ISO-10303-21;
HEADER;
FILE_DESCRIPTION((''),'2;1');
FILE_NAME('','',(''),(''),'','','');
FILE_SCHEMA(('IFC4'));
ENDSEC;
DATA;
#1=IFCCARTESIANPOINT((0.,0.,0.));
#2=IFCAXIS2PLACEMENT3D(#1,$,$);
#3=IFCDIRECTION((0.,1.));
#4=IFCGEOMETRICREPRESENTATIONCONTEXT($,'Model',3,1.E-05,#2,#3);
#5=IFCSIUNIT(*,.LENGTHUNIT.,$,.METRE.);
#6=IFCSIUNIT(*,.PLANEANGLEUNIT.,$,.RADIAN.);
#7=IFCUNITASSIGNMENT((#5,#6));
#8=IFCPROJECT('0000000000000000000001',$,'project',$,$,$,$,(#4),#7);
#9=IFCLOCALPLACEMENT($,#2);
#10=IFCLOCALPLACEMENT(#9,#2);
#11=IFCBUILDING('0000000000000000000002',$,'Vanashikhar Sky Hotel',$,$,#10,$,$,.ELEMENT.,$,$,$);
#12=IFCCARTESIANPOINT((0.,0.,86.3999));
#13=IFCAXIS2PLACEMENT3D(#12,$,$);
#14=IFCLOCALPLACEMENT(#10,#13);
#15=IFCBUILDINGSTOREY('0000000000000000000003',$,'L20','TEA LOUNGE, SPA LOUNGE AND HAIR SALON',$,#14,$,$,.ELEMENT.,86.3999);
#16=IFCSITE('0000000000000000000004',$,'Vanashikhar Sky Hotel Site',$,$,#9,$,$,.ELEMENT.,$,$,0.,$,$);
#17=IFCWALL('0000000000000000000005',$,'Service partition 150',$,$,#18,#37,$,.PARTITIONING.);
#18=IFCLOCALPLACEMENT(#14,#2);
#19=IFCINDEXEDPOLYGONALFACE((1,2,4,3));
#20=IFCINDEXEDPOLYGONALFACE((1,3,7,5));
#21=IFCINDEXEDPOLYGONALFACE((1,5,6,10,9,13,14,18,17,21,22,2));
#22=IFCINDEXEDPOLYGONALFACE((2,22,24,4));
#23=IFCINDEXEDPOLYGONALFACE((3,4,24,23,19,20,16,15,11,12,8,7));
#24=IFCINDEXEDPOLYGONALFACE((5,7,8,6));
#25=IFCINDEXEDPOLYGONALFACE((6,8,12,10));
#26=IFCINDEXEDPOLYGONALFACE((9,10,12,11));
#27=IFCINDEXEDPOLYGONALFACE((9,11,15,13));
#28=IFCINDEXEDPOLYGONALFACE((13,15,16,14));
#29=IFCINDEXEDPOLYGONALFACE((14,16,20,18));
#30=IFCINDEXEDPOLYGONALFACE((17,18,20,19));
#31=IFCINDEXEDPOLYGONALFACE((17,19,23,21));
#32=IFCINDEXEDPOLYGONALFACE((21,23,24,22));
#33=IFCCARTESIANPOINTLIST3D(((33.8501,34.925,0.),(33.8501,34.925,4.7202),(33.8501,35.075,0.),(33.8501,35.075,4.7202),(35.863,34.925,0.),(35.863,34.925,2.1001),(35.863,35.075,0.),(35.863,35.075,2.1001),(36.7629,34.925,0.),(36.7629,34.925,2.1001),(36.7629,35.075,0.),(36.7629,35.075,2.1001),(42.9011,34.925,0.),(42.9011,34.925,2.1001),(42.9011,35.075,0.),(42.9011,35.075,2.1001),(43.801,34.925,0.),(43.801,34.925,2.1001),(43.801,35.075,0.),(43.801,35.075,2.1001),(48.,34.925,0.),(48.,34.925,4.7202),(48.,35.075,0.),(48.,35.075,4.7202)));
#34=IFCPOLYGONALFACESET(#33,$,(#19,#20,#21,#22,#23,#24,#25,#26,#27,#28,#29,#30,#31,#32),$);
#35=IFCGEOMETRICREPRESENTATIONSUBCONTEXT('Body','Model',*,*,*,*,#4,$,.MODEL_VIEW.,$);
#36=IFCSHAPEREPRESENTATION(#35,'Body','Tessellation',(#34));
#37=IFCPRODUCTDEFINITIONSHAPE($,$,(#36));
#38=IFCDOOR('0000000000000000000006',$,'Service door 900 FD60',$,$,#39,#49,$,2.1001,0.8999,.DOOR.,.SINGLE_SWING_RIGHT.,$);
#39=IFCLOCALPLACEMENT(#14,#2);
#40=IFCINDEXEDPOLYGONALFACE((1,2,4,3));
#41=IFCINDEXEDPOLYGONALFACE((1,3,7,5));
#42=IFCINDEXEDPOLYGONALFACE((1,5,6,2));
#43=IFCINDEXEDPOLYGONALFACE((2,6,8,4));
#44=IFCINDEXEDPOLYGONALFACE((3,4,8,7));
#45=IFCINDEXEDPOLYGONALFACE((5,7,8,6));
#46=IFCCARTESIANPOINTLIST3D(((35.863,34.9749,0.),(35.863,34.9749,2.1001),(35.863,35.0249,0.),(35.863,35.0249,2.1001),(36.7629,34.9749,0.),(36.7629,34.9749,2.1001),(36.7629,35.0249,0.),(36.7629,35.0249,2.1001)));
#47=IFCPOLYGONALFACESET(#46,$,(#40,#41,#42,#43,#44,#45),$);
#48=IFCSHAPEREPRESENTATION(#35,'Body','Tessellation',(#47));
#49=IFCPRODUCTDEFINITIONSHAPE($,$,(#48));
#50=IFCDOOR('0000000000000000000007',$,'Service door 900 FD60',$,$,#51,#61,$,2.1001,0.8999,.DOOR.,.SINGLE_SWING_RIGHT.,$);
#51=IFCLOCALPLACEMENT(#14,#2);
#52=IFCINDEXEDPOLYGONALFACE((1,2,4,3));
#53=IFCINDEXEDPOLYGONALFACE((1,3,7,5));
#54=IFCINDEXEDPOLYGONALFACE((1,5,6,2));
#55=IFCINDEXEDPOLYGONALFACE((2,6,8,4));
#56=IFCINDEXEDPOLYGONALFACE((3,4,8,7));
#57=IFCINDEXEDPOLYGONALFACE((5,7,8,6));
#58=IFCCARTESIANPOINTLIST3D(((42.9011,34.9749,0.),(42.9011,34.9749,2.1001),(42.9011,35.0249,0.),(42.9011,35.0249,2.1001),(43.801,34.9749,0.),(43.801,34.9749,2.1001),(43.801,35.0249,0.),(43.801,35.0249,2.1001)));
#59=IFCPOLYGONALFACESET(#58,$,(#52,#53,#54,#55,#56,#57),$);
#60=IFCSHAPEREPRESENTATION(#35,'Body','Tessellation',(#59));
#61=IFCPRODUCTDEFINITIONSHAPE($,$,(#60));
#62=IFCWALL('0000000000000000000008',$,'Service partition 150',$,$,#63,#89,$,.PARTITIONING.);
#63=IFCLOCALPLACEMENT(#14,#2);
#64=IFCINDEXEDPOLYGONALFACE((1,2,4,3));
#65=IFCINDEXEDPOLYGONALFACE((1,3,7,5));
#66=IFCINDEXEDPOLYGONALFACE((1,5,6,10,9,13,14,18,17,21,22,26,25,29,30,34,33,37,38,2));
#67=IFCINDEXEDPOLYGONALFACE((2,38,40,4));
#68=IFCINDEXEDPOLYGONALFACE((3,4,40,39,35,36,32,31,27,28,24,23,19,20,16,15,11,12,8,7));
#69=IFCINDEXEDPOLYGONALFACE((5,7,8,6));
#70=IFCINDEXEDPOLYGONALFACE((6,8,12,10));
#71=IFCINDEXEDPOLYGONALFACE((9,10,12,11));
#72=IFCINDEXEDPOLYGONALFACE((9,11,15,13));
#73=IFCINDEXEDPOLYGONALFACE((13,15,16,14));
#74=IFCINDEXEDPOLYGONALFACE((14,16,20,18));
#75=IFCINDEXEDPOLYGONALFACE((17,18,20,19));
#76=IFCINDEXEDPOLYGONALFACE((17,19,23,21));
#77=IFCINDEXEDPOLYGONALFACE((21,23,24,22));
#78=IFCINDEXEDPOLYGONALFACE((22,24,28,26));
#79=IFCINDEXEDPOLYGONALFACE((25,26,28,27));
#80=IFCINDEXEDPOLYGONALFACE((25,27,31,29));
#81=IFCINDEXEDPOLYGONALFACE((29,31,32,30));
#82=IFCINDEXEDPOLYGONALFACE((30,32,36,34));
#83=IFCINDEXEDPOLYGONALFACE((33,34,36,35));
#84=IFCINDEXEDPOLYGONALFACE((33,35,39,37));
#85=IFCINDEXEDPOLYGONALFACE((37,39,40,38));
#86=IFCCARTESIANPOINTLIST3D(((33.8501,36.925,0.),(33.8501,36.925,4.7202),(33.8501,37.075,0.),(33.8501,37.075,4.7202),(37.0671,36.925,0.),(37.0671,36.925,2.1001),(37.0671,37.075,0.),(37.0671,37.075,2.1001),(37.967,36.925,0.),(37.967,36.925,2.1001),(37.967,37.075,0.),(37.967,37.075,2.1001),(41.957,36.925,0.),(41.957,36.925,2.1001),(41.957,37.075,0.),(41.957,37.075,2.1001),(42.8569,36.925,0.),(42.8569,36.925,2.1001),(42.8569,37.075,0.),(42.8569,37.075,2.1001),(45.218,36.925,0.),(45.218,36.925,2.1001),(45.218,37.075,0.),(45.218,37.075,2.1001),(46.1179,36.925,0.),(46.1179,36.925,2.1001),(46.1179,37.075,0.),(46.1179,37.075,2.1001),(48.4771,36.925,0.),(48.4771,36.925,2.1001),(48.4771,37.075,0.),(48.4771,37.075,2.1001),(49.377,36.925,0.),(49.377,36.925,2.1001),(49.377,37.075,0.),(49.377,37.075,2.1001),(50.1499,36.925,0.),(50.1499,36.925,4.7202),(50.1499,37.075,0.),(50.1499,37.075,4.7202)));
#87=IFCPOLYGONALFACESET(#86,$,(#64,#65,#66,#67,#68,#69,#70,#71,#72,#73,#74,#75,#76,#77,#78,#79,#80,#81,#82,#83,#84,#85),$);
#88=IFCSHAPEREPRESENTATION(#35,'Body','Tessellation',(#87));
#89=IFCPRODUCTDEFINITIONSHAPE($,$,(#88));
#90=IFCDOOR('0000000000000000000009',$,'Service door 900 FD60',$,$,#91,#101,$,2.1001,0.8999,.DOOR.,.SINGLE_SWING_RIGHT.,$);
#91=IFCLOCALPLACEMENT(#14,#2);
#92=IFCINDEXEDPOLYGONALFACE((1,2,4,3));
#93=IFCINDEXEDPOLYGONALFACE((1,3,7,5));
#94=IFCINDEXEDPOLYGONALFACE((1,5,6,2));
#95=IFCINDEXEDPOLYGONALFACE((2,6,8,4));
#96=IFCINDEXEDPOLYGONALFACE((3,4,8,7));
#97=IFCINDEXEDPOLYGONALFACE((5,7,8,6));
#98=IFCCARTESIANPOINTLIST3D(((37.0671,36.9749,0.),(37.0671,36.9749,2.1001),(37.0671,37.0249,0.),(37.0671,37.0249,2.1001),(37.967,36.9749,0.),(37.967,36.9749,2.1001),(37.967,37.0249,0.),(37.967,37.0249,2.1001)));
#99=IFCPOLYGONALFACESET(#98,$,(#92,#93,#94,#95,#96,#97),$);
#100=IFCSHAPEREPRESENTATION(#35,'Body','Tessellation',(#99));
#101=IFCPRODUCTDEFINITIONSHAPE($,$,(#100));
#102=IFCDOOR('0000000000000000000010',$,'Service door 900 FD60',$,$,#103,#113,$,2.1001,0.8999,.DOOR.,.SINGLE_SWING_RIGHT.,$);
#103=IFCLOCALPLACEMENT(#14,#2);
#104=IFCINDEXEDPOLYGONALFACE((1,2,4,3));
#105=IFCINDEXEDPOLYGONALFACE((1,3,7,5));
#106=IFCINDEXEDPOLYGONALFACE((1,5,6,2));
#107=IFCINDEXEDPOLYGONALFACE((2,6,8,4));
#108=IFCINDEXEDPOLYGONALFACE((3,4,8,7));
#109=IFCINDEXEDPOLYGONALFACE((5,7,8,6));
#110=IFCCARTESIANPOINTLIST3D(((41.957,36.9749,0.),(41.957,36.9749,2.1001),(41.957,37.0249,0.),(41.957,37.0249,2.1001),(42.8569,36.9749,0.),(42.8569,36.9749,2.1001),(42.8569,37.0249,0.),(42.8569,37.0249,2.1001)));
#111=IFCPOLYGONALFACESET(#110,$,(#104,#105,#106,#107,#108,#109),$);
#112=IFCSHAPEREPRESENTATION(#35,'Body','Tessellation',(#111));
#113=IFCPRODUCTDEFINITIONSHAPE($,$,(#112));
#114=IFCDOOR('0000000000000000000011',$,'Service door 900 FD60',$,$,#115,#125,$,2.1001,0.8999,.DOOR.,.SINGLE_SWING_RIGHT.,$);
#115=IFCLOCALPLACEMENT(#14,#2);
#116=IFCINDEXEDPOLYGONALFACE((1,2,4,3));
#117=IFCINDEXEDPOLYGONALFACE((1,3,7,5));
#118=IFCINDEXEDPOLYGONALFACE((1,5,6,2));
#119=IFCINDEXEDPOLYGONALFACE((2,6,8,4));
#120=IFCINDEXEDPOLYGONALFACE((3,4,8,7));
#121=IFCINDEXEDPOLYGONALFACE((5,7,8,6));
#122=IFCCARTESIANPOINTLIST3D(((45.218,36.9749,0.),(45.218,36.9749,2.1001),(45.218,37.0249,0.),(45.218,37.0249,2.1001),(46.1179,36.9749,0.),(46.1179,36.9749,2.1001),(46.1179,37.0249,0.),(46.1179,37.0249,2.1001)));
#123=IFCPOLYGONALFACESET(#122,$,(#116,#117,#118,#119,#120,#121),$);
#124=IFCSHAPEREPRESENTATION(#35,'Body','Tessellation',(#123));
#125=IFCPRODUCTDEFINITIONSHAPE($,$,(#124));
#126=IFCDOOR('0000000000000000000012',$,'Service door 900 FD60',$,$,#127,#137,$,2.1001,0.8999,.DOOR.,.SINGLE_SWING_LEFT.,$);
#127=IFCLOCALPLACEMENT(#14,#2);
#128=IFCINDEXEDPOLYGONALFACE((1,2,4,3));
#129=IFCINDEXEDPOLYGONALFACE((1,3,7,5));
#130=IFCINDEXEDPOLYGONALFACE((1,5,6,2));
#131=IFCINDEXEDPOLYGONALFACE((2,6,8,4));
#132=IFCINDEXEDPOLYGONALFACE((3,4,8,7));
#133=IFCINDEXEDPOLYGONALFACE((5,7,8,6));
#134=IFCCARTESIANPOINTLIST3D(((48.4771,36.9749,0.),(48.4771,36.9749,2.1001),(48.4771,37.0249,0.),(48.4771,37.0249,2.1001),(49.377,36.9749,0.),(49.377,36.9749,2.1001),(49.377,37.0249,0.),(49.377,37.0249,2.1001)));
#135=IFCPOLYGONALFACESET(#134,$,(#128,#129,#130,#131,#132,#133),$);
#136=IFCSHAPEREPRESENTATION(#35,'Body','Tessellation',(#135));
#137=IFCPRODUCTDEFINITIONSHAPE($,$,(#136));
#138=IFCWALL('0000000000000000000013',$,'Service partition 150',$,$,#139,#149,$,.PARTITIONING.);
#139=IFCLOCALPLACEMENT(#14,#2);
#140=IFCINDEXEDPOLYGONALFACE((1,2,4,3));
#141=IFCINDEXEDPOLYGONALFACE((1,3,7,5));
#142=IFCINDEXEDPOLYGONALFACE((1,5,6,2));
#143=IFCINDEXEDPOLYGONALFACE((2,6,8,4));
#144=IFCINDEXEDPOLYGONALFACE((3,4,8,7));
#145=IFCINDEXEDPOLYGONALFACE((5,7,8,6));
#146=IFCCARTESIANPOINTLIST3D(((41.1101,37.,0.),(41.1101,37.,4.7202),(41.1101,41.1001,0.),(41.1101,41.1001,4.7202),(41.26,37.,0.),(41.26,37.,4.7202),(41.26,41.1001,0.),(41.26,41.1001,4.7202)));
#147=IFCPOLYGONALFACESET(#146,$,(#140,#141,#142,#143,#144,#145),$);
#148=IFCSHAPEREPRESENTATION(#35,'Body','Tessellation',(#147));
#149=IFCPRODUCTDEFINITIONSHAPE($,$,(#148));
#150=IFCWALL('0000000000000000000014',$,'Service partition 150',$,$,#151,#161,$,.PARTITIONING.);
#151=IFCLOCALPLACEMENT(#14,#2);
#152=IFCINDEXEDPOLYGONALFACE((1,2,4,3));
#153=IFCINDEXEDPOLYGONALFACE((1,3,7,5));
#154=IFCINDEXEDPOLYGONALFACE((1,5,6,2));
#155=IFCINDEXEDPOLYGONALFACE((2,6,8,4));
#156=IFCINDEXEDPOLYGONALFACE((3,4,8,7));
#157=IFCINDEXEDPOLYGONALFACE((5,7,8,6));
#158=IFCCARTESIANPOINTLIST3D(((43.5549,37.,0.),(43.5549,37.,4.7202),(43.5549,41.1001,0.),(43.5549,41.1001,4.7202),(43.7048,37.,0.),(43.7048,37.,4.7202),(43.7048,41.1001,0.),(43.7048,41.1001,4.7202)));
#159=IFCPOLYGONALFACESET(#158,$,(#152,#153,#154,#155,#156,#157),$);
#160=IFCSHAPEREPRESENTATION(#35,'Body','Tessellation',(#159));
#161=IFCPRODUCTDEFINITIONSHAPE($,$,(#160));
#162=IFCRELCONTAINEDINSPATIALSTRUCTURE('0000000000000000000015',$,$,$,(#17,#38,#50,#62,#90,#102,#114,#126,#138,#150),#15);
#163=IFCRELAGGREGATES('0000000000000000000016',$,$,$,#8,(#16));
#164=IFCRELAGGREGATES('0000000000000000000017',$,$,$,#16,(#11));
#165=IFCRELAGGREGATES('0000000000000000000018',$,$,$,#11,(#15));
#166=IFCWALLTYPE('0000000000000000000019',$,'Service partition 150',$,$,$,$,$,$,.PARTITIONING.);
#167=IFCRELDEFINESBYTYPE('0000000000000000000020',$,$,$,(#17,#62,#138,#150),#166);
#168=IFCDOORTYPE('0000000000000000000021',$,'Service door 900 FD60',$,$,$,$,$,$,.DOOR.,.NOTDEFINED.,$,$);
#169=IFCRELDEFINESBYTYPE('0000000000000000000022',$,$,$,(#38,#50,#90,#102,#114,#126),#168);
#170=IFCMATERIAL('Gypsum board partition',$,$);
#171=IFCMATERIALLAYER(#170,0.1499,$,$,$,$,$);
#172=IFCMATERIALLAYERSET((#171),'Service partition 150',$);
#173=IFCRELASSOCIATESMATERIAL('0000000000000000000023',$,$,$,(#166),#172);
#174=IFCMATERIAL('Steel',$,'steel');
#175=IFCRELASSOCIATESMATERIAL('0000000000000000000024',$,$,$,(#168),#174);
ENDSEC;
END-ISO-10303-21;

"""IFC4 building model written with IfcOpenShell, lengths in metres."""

from ifc_helpers import new_model, si_unit, direction, frame, frame_2d, origin, place, context, subcontext, project, spatial, rectangle, extrude, source, transform, mapped, material, layer, layer_set, type_object, element, fill, save


model = new_model("IFC4")

# Units and contexts
model_context = context("Model", 3, precision=1e-05, world=origin(), true_north=direction((0.0, 1.0)))
body_context = subcontext(model_context, "Body", "Model", "MODEL_VIEW")
ifc_project = project(units=[si_unit("LENGTHUNIT", "METRE"), si_unit("PLANEANGLEUNIT", "RADIAN")], contexts=[model_context])

# Site, building, storey
site_placement = place(None, origin())
site = spatial("IfcSite", under=ifc_project, at=site_placement, Name="Vanashikhar Sky Hotel Site", CompositionType="ELEMENT", RefElevation=0.0)
building_placement = place(site_placement, origin())
building = spatial("IfcBuilding", under=site, at=building_placement, Name="Vanashikhar Sky Hotel", CompositionType="ELEMENT")
storey_placement = place(building_placement, frame((0.0, 0.0, 86.3999)))
storey = spatial("IfcBuildingStorey", under=building, at=storey_placement, Name="L20", Description="TEA LOUNGE, SPA LOUNGE AND HAIR SALON", CompositionType="ELEMENT", Elevation=86.3999)

# Shared definitions
ifc_material_1 = material(Name="Steel", Category="steel")

# Shared definitions
ifc_material_2 = material(Name="Gypsum board partition")
ifc_layer_1 = layer(ifc_material_2, 0.1499)
ifc_layer_set_1 = layer_set([ifc_layer_1], Name="Service partition 150")
wall_type_1 = type_object("IfcWallType", Name="Service partition 150", PredefinedType="PARTITIONING", material=ifc_layer_set_1)

# Walls, openings, doors
shared_shape_1 = source(origin(), body_context, "Body", "SweptSolid", [
    extrude(rectangle(XDim=14.1499, YDim=0.1499, at=frame_2d((7.075, 0.0))), origin(), (0.0, 0.0, 1.0), 4.7202),
])
wall_1_placement = place(storey_placement, frame((33.8501, 35.0, 0.0), z_axis=(0.0, 0.0, 1.0), x_axis=(1.0, 0.0, 0.0)))
wall_1 = element("IfcWall", 1, at=wall_1_placement, inside=storey, type_object=wall_type_1, Name="Service partition 150", PredefinedType="PARTITIONING", context=body_context, shape_type="MappedRepresentation", body=[
    mapped(shared_shape_1, transform((0.0, 0.0, 0.0), scale=1.0)),
])
shared_shape_2 = source(origin(), body_context, "Body", "SweptSolid", [
    extrude(rectangle(XDim=0.8999, YDim=2.1001, at=frame_2d((0.45, 1.05))), frame((0.0, 0.085, 0.0), z_axis=(0.0, -1.0, 0.0), x_axis=(1.0, 0.0, 0.0)), (0.0, 0.0, 1.0), 0.1699),
])
opening_1_placement = place(wall_1_placement, frame((2.0129, 0.0, 0.0)))
opening_1 = element("IfcOpeningElement", 2, at=opening_1_placement, cuts=wall_1, PredefinedType="OPENING", context=body_context, shape_type="MappedRepresentation", body=[
    mapped(shared_shape_2, transform((0.0, 0.0, 0.0), scale=1.0)),
])
opening_2_placement = place(wall_1_placement, frame((9.051, 0.0, 0.0)))
opening_2 = element("IfcOpeningElement", 3, at=opening_2_placement, cuts=wall_1, PredefinedType="OPENING", context=body_context, shape_type="MappedRepresentation", body=[
    mapped(shared_shape_2, transform((0.0, 0.0, 0.0), scale=1.0)),
])
door_type_1 = type_object("IfcDoorType", Name="Service door 900 FD60", OperationType="NOTDEFINED", PredefinedType="DOOR", material=ifc_material_1)
shared_shape_3 = source(origin(), body_context, "Body", "SweptSolid", [
    extrude(rectangle(XDim=0.8999, YDim=2.1001, at=frame_2d((0.45, 1.05))), frame((0.0, 0.0249, 0.0), z_axis=(0.0, -1.0, 0.0), x_axis=(1.0, 0.0, 0.0)), (0.0, 0.0, 1.0), 0.05),
])
door_1_placement = place(opening_1_placement, origin())
door_1 = element("IfcDoor", 4, at=door_1_placement, inside=storey, type_object=door_type_1, Name="Service door 900 FD60", OperationType="SINGLE_SWING_RIGHT", OverallHeight=2.1001, OverallWidth=0.8999, PredefinedType="DOOR", context=body_context, shape_type="MappedRepresentation", body=[
    mapped(shared_shape_3, transform((0.0, 0.0, 0.0), scale=1.0)),
])
fill(opening_1, door_1)
door_2_placement = place(opening_2_placement, origin())
door_2 = element("IfcDoor", 5, at=door_2_placement, inside=storey, type_object=door_type_1, Name="Service door 900 FD60", OperationType="SINGLE_SWING_RIGHT", OverallHeight=2.1001, OverallWidth=0.8999, PredefinedType="DOOR", context=body_context, shape_type="MappedRepresentation", body=[
    mapped(shared_shape_3, transform((0.0, 0.0, 0.0), scale=1.0)),
])
fill(opening_2, door_2)
shared_shape_4 = source(origin(), body_context, "Body", "SweptSolid", [
    extrude(rectangle(XDim=16.2998, YDim=0.1499, at=frame_2d((8.1499, 0.0))), origin(), (0.0, 0.0, 1.0), 4.7202),
])
wall_2_placement = place(storey_placement, frame((33.8501, 37.0, 0.0), z_axis=(0.0, 0.0, 1.0), x_axis=(1.0, 0.0, 0.0)))
wall_2 = element("IfcWall", 6, at=wall_2_placement, inside=storey, type_object=wall_type_1, Name="Service partition 150", PredefinedType="PARTITIONING", context=body_context, shape_type="MappedRepresentation", body=[
    mapped(shared_shape_4, transform((0.0, 0.0, 0.0), scale=1.0)),
])
opening_3_placement = place(wall_2_placement, frame((3.217, 0.0, 0.0)))
opening_3 = element("IfcOpeningElement", 7, at=opening_3_placement, cuts=wall_2, PredefinedType="OPENING", context=body_context, shape_type="MappedRepresentation", body=[
    mapped(shared_shape_2, transform((0.0, 0.0, 0.0), scale=1.0)),
])
opening_4_placement = place(wall_2_placement, frame((8.1069, 0.0, 0.0)))
opening_4 = element("IfcOpeningElement", 8, at=opening_4_placement, cuts=wall_2, PredefinedType="OPENING", context=body_context, shape_type="MappedRepresentation", body=[
    mapped(shared_shape_2, transform((0.0, 0.0, 0.0), scale=1.0)),
])
opening_5_placement = place(wall_2_placement, frame((11.3679, 0.0, 0.0)))
opening_5 = element("IfcOpeningElement", 9, at=opening_5_placement, cuts=wall_2, PredefinedType="OPENING", context=body_context, shape_type="MappedRepresentation", body=[
    mapped(shared_shape_2, transform((0.0, 0.0, 0.0), scale=1.0)),
])
opening_6_placement = place(wall_2_placement, frame((14.627, 0.0, 0.0)))
opening_6 = element("IfcOpeningElement", 10, at=opening_6_placement, cuts=wall_2, PredefinedType="OPENING", context=body_context, shape_type="MappedRepresentation", body=[
    mapped(shared_shape_2, transform((0.0, 0.0, 0.0), scale=1.0)),
])
door_3_placement = place(opening_3_placement, origin())
door_3 = element("IfcDoor", 11, at=door_3_placement, inside=storey, type_object=door_type_1, Name="Service door 900 FD60", OperationType="SINGLE_SWING_RIGHT", OverallHeight=2.1001, OverallWidth=0.8999, PredefinedType="DOOR", context=body_context, shape_type="MappedRepresentation", body=[
    mapped(shared_shape_3, transform((0.0, 0.0, 0.0), scale=1.0)),
])
fill(opening_3, door_3)
door_4_placement = place(opening_4_placement, origin())
door_4 = element("IfcDoor", 12, at=door_4_placement, inside=storey, type_object=door_type_1, Name="Service door 900 FD60", OperationType="SINGLE_SWING_RIGHT", OverallHeight=2.1001, OverallWidth=0.8999, PredefinedType="DOOR", context=body_context, shape_type="MappedRepresentation", body=[
    mapped(shared_shape_3, transform((0.0, 0.0, 0.0), scale=1.0)),
])
fill(opening_4, door_4)
door_5_placement = place(opening_5_placement, origin())
door_5 = element("IfcDoor", 13, at=door_5_placement, inside=storey, type_object=door_type_1, Name="Service door 900 FD60", OperationType="SINGLE_SWING_RIGHT", OverallHeight=2.1001, OverallWidth=0.8999, PredefinedType="DOOR", context=body_context, shape_type="MappedRepresentation", body=[
    mapped(shared_shape_3, transform((0.0, 0.0, 0.0), scale=1.0)),
])
fill(opening_5, door_5)
door_6_placement = place(opening_6_placement, origin())
door_6 = element("IfcDoor", 14, at=door_6_placement, inside=storey, type_object=door_type_1, Name="Service door 900 FD60", OperationType="SINGLE_SWING_LEFT", OverallHeight=2.1001, OverallWidth=0.8999, PredefinedType="DOOR", context=body_context, shape_type="MappedRepresentation", body=[
    mapped(shared_shape_3, transform((0.0, 0.0, 0.0), scale=1.0)),
])
fill(opening_6, door_6)

# Walls
shared_shape_5 = source(origin(), body_context, "Body", "SweptSolid", [
    extrude(rectangle(XDim=4.1001, YDim=0.1499, at=frame_2d((2.05, 0.0))), origin(), (0.0, 0.0, 1.0), 4.7202),
])
for number, where, z_axis, x_axis, name in (
    (15, (41.1851, 37.0, 0.0), (0.0, 0.0, 1.0), (0.0, 1.0, 0.0), "Service partition 150"),
    (16, (43.6299, 37.0, 0.0), (0.0, 0.0, 1.0), (0.0, 1.0, 0.0), "Service partition 150"),
):
    element("IfcWall", number, at=place(storey_placement, frame(where, z_axis=z_axis, x_axis=x_axis)), inside=storey, type_object=wall_type_1, Name=name, PredefinedType="PARTITIONING", context=body_context, shape_type="MappedRepresentation", body=[
        mapped(shared_shape_5, transform((0.0, 0.0, 0.0), scale=1.0)),
    ])

save(model, "model.ifc")
